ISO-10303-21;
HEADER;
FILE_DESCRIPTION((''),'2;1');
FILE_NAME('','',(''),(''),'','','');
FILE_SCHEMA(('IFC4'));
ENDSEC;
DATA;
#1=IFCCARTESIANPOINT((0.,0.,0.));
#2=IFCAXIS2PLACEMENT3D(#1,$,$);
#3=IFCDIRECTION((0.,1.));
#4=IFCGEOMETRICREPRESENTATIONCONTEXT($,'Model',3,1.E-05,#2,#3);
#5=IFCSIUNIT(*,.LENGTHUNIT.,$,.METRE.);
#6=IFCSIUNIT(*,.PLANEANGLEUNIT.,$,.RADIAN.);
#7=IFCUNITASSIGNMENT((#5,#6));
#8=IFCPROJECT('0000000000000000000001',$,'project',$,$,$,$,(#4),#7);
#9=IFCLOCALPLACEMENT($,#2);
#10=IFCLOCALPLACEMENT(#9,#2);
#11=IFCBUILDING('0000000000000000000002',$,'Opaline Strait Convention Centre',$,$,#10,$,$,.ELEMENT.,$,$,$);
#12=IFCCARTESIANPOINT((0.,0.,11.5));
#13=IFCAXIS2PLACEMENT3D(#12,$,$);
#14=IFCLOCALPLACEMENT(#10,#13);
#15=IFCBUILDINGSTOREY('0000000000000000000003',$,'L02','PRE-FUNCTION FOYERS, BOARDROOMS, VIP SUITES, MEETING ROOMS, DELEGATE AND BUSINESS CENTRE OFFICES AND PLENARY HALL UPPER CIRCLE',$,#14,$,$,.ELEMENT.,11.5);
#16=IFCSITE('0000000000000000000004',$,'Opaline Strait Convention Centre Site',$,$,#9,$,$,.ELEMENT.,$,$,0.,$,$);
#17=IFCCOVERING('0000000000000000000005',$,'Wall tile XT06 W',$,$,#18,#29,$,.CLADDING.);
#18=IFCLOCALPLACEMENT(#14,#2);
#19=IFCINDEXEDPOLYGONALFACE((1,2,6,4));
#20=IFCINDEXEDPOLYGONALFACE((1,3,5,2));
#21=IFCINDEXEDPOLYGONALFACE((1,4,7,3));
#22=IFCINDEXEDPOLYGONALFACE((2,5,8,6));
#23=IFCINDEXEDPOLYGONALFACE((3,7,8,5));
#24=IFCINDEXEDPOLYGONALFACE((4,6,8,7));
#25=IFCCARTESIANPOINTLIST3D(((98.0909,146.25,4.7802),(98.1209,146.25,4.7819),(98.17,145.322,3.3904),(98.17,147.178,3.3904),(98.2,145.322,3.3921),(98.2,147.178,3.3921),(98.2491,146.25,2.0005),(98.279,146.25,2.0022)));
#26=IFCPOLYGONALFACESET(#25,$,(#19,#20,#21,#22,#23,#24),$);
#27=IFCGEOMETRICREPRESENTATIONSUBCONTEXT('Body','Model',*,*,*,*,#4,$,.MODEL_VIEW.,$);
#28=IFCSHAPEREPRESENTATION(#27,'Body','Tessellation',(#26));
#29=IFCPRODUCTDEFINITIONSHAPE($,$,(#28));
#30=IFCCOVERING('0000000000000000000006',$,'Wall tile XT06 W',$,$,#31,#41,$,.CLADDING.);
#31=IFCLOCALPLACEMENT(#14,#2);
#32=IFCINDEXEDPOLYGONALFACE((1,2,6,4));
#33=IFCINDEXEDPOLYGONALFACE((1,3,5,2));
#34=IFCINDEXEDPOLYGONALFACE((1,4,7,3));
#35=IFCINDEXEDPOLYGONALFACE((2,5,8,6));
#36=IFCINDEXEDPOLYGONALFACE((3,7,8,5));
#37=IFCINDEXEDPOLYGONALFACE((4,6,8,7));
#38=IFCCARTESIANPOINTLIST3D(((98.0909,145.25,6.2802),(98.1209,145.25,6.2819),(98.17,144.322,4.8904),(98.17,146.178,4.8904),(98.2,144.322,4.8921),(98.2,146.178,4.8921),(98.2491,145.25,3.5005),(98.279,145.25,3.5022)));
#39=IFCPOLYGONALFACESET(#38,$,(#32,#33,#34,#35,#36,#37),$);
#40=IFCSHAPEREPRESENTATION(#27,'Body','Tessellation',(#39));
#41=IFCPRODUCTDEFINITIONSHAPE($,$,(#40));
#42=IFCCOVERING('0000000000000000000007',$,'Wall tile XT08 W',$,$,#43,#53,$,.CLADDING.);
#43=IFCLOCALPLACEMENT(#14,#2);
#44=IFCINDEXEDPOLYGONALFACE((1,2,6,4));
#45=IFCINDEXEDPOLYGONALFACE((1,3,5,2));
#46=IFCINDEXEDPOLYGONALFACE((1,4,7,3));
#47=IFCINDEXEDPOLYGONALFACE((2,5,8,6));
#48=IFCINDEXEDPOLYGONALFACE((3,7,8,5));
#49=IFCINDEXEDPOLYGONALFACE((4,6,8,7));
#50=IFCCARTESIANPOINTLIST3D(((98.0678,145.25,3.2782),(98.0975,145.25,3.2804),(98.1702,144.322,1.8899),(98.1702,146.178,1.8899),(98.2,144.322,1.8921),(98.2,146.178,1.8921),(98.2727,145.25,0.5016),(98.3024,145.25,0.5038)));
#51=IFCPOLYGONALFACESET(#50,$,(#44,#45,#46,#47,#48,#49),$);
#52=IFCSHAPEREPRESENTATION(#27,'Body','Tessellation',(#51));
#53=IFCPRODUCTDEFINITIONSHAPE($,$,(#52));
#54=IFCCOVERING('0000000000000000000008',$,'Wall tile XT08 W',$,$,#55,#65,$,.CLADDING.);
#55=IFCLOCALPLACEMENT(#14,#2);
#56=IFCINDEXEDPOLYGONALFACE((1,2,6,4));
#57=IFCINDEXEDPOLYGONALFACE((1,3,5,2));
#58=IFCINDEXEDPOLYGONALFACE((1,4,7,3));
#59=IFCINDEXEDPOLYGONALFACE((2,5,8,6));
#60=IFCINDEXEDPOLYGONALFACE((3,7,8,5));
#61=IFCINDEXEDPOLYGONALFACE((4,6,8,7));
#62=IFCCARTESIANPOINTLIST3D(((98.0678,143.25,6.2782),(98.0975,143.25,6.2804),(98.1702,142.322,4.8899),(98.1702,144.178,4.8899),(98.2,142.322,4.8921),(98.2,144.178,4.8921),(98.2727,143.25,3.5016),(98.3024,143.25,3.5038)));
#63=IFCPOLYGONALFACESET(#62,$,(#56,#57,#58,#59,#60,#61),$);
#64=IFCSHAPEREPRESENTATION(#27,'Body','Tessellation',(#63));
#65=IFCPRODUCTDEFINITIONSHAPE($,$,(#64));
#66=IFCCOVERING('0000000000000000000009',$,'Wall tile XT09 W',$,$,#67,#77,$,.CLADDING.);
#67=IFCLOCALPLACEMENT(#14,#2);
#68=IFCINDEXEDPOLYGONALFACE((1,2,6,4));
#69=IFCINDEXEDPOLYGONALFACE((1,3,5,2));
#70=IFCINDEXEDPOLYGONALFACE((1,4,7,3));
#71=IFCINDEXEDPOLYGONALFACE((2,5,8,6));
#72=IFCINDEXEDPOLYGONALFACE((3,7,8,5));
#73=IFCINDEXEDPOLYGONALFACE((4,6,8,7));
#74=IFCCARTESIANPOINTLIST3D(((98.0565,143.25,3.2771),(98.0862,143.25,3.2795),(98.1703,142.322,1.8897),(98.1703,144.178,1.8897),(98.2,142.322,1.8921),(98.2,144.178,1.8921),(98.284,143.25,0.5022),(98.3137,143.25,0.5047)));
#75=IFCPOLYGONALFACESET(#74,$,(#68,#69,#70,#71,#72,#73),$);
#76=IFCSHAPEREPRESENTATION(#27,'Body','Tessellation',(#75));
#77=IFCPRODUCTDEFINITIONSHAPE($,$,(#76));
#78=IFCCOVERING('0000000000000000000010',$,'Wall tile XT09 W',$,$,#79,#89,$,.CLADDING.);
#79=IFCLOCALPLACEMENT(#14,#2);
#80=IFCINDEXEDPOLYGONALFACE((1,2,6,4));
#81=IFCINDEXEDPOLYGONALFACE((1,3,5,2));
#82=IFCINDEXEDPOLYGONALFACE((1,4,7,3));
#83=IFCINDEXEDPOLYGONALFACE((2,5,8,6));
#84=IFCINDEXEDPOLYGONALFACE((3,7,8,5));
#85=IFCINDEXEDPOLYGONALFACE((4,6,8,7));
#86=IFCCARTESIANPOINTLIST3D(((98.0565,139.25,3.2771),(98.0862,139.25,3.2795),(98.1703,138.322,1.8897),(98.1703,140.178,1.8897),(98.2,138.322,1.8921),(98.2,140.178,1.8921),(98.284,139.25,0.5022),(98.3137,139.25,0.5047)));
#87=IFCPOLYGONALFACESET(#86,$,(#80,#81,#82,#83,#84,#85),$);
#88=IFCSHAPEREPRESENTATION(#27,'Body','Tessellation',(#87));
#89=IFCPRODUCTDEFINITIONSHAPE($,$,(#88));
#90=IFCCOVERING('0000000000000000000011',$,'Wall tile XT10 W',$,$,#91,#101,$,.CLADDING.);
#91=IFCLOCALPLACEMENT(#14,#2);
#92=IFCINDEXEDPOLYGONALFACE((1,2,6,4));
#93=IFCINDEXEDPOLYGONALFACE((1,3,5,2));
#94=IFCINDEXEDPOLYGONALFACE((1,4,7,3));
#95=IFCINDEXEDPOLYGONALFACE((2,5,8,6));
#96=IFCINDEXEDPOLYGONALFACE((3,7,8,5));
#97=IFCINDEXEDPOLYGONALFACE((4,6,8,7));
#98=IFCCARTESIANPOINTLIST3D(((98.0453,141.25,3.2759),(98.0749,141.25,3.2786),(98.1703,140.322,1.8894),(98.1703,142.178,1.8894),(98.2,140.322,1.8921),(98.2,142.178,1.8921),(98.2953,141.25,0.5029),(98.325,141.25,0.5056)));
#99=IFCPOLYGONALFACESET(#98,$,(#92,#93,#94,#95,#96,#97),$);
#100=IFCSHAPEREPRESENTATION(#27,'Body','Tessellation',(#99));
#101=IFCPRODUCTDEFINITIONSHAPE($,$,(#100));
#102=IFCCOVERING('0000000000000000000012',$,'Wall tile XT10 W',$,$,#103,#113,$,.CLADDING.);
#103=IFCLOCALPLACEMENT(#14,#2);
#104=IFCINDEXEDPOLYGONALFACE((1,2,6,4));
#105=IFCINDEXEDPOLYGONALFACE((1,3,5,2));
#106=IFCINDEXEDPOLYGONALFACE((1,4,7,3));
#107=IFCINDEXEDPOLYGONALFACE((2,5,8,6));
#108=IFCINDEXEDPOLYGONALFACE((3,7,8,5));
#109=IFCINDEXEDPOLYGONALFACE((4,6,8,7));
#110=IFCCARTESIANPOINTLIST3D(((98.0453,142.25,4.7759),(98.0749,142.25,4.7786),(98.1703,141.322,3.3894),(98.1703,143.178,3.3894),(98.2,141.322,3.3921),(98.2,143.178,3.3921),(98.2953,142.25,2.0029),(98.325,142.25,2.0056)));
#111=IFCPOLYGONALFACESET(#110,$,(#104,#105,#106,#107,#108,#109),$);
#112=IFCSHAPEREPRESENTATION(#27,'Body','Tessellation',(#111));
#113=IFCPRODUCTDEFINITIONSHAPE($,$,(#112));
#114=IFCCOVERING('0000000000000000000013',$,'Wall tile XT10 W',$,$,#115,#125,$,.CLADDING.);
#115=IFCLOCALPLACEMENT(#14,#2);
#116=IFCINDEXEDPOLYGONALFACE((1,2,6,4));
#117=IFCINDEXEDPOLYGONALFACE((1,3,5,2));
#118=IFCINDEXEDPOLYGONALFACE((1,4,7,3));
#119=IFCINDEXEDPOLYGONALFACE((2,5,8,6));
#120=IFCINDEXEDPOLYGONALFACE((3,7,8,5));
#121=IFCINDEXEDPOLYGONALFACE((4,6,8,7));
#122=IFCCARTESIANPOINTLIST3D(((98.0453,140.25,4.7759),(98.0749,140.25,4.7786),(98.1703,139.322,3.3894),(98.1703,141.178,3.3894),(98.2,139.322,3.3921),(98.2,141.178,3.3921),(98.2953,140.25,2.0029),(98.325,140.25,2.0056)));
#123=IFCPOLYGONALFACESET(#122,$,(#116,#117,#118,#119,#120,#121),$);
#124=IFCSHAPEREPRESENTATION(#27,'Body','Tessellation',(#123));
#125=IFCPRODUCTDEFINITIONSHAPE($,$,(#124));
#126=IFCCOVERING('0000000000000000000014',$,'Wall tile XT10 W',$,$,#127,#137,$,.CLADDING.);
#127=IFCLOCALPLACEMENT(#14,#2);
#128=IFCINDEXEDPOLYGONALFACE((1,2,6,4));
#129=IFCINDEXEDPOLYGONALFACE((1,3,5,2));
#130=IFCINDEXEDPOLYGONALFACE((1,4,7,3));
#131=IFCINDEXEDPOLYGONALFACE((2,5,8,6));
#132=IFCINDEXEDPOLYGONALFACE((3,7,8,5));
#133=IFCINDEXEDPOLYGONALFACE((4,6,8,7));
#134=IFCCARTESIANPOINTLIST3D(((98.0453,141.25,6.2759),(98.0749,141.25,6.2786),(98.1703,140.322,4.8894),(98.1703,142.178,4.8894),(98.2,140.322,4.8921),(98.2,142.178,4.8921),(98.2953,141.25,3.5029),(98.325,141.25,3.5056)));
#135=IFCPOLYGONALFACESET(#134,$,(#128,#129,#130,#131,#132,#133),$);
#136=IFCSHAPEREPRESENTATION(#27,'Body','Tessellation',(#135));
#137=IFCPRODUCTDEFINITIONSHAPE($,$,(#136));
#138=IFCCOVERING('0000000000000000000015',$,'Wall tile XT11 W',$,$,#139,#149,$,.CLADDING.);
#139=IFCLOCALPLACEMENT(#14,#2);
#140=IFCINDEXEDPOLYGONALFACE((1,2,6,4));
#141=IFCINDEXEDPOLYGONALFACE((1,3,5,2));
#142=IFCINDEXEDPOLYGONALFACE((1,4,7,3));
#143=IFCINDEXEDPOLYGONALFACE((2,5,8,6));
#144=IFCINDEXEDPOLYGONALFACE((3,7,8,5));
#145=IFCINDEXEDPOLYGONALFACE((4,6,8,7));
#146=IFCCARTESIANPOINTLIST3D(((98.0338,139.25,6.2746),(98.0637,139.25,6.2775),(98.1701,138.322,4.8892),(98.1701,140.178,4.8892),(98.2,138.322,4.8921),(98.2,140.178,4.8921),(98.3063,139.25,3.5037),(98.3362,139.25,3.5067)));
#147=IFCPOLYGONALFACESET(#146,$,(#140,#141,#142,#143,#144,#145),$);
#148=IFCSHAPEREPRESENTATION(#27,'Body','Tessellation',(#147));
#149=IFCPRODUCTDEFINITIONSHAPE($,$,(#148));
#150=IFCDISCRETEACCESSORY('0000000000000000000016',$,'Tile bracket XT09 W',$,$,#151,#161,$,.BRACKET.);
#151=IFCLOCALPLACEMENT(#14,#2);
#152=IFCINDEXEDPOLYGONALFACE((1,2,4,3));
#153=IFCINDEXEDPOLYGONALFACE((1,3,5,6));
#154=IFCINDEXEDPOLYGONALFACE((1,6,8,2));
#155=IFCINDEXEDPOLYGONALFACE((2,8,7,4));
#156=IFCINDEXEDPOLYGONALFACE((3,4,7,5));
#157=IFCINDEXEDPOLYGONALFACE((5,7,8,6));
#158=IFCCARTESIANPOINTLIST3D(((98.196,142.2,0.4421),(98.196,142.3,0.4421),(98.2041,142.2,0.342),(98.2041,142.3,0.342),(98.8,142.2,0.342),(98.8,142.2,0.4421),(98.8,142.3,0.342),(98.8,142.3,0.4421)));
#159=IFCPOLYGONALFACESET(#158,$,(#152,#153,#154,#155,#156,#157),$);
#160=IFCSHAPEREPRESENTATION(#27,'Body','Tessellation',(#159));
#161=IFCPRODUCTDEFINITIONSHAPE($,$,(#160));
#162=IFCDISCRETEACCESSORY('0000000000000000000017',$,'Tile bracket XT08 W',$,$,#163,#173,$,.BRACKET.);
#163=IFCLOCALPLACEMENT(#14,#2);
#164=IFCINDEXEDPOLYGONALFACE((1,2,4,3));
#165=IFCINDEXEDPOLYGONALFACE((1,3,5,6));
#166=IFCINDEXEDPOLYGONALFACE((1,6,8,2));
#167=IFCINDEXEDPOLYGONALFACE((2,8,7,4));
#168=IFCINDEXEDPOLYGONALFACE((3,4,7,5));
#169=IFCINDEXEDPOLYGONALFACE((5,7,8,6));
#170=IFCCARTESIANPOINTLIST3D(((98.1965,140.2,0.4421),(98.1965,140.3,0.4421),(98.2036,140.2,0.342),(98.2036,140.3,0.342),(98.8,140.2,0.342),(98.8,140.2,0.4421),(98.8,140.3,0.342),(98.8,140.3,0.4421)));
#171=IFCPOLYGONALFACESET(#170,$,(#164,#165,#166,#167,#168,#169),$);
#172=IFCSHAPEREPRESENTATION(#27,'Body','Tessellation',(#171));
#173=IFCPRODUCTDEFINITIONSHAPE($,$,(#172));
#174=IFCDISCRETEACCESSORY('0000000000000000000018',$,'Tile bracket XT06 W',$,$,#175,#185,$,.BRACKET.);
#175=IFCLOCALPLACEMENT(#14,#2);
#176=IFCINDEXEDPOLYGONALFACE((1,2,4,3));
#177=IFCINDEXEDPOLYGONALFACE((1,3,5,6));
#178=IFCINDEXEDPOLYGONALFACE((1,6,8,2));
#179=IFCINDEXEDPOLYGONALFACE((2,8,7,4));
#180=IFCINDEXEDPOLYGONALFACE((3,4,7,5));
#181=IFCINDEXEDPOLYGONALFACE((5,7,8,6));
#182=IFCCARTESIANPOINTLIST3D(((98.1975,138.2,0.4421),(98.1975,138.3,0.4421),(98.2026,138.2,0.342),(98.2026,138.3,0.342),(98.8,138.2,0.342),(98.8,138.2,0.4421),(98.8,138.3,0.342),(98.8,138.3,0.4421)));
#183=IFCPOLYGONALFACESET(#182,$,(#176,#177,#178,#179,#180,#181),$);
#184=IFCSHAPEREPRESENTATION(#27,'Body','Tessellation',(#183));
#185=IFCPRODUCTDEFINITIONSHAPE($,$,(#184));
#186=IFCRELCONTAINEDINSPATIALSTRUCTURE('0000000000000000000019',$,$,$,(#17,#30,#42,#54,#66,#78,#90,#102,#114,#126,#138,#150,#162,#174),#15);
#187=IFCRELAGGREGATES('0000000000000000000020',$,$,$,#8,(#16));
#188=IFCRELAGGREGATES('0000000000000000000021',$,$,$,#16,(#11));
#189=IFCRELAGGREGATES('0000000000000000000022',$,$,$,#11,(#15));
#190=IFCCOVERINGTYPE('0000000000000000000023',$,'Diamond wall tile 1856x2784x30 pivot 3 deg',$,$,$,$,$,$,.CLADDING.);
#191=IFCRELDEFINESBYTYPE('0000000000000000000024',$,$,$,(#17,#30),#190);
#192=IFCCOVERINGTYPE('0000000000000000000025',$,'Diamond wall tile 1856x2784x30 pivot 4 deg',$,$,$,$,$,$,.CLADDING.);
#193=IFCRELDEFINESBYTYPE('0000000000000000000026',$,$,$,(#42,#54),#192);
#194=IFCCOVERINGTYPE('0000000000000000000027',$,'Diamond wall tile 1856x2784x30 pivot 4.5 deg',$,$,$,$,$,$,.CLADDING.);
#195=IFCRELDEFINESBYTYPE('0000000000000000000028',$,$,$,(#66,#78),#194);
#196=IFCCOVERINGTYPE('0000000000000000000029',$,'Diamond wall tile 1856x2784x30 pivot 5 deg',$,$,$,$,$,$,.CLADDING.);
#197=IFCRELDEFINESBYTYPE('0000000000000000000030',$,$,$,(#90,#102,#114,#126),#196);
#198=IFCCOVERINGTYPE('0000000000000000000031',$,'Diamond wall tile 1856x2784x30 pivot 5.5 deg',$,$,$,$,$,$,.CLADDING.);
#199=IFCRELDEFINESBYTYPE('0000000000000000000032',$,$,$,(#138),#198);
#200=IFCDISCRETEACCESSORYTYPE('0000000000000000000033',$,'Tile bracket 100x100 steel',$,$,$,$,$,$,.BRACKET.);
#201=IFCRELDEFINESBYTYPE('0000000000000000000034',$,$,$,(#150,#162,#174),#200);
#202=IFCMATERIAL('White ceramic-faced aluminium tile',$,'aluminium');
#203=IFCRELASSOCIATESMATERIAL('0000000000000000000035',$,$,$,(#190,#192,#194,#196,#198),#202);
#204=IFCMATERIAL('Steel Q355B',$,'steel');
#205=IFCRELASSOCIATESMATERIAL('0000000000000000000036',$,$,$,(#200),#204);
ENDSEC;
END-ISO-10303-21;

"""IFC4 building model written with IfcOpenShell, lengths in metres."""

from ifc_helpers import new_model, si_unit, direction, frame, origin, place, context, subcontext, project, spatial, polyline, outline, extrude, material, material_profile, profile_set, type_object, element, save


model = new_model("IFC4")

# Units and contexts
model_context = context("Model", 3, precision=1e-05, world=origin(), true_north=direction((0.0, 1.0)))
body_context = subcontext(model_context, "Body", "Model", "MODEL_VIEW")
ifc_project = project(units=[si_unit("LENGTHUNIT", "METRE"), si_unit("PLANEANGLEUNIT", "RADIAN")], contexts=[model_context])

# Site, building, storey
site_placement = place(None, origin())
site = spatial("IfcSite", under=ifc_project, at=site_placement, Name="Opaline Strait Convention Centre Site", CompositionType="ELEMENT", RefElevation=0.0)
building_placement = place(site_placement, origin())
building = spatial("IfcBuilding", under=site, at=building_placement, Name="Opaline Strait Convention Centre", CompositionType="ELEMENT")
storey_placement = place(building_placement, frame((0.0, 0.0, 11.5)))
storey = spatial("IfcBuildingStorey", under=building, at=storey_placement, Name="L02", Description="PRE-FUNCTION FOYERS, BOARDROOMS, VIP SUITES, MEETING ROOMS, DELEGATE AND BUSINESS CENTRE OFFICES AND PLENARY HALL UPPER CIRCLE", CompositionType="ELEMENT", Elevation=11.5)

# Coverings
ifc_material_1 = material(Name="White ceramic-faced aluminium tile", Category="aluminium")
ifc_material_profile_1 = material_profile(ifc_material_1, outline(polyline([(0.928, 0.0), (0.0, 1.3921), (-0.928, 0.0), (0.0, -1.3921), (0.928, 0.0)])), Name="Diamond tile 1856x2784")
ifc_profile_set_1 = profile_set([ifc_material_profile_1], Name="White ceramic-faced aluminium tile")
covering_type_1 = type_object("IfcCoveringType", Name="Diamond wall tile 1856x2784x30 pivot 3 deg", PredefinedType="CLADDING", material=ifc_profile_set_1)
for number, where, z_axis, x_axis, name in (
    (1, (98.2, 146.25, 3.3921), (-0.998385, 0.0, -0.056819), (0.0, -1.0, 0.0), "Wall tile XT06 W"),
    (2, (98.2, 145.25, 4.8921), (-0.998385, 0.0, -0.056819), (0.0, -1.0, 0.0), "Wall tile XT06 W"),
):
    element("IfcCovering", number, at=place(storey_placement, frame(where, z_axis=z_axis, x_axis=x_axis)), inside=storey, type_object=covering_type_1, Name=name, PredefinedType="CLADDING", context=body_context, shape_type="SweptSolid", body=[
        extrude(outline(polyline([(0.928, 0.0), (0.0, 1.3921), (-0.928, 0.0), (0.0, -1.3921), (0.928, 0.0)])), origin(), (0.0, 0.0, 1.0), 0.03),
    ])
ifc_material_profile_2 = material_profile(ifc_material_1, outline(polyline([(0.928, 0.0), (0.0, 1.3921), (-0.928, 0.0), (0.0, -1.3921), (0.928, 0.0)])), Name="Diamond tile 1856x2784")
ifc_profile_set_2 = profile_set([ifc_material_profile_2], Name="White ceramic-faced aluminium tile")
covering_type_2 = type_object("IfcCoveringType", Name="Diamond wall tile 1856x2784x30 pivot 4 deg", PredefinedType="CLADDING", material=ifc_profile_set_2)
for number, where, z_axis, x_axis, name in (
    (3, (98.2, 145.25, 1.8921), (-0.99729, 0.0, -0.073571), (0.0, -1.0, 0.0), "Wall tile XT08 W"),
    (4, (98.2, 143.25, 4.8921), (-0.99729, 0.0, -0.073571), (0.0, -1.0, 0.0), "Wall tile XT08 W"),
):
    element("IfcCovering", number, at=place(storey_placement, frame(where, z_axis=z_axis, x_axis=x_axis)), inside=storey, type_object=covering_type_2, Name=name, PredefinedType="CLADDING", context=body_context, shape_type="SweptSolid", body=[
        extrude(outline(polyline([(0.928, 0.0), (0.0, 1.3921), (-0.928, 0.0), (0.0, -1.3921), (0.928, 0.0)])), origin(), (0.0, 0.0, 1.0), 0.0298),
    ])
ifc_material_profile_3 = material_profile(ifc_material_1, outline(polyline([(0.928, 0.0), (0.0, 1.3921), (-0.928, 0.0), (0.0, -1.3921), (0.928, 0.0)])), Name="Diamond tile 1856x2784")
ifc_profile_set_3 = profile_set([ifc_material_profile_3], Name="White ceramic-faced aluminium tile")
covering_type_3 = type_object("IfcCoveringType", Name="Diamond wall tile 1856x2784x30 pivot 4.5 deg", PredefinedType="CLADDING", material=ifc_profile_set_3)
for number, where, z_axis, x_axis, name in (
    (5, (98.2, 143.25, 1.8921), (-0.996658, 0.0, -0.081693), (0.0, -1.0, 0.0), "Wall tile XT09 W"),
    (6, (98.2, 139.25, 1.8921), (-0.996658, 0.0, -0.081693), (0.0, -1.0, 0.0), "Wall tile XT09 W"),
):
    element("IfcCovering", number, at=place(storey_placement, frame(where, z_axis=z_axis, x_axis=x_axis)), inside=storey, type_object=covering_type_3, Name=name, PredefinedType="CLADDING", context=body_context, shape_type="SweptSolid", body=[
        extrude(outline(polyline([(0.928, 0.0), (0.0, 1.3921), (-0.928, 0.0), (0.0, -1.3921), (0.928, 0.0)])), origin(), (0.0, 0.0, 1.0), 0.0298),
    ])
ifc_material_profile_4 = material_profile(ifc_material_1, outline(polyline([(0.928, 0.0), (0.0, 1.3921), (-0.928, 0.0), (0.0, -1.3921), (0.928, 0.0)])), Name="Diamond tile 1856x2784")
ifc_profile_set_4 = profile_set([ifc_material_profile_4], Name="White ceramic-faced aluminium tile")
covering_type_4 = type_object("IfcCoveringType", Name="Diamond wall tile 1856x2784x30 pivot 5 deg", PredefinedType="CLADDING", material=ifc_profile_set_4)
for number, where, z_axis, x_axis, name in (
    (7, (98.2, 141.25, 1.8921), (-0.99596, 0.0, -0.0898), (0.0, -1.0, 0.0), "Wall tile XT10 W"),
    (8, (98.2, 142.25, 3.3921), (-0.99596, 0.0, -0.0898), (0.0, -1.0, 0.0), "Wall tile XT10 W"),
    (9, (98.2, 140.25, 3.3921), (-0.99596, 0.0, -0.0898), (0.0, -1.0, 0.0), "Wall tile XT10 W"),
    (10, (98.2, 141.25, 4.8921), (-0.99596, 0.0, -0.0898), (0.0, -1.0, 0.0), "Wall tile XT10 W"),
):
    element("IfcCovering", number, at=place(storey_placement, frame(where, z_axis=z_axis, x_axis=x_axis)), inside=storey, type_object=covering_type_4, Name=name, PredefinedType="CLADDING", context=body_context, shape_type="SweptSolid", body=[
        extrude(outline(polyline([(0.928, 0.0), (0.0, 1.3921), (-0.928, 0.0), (0.0, -1.3921), (0.928, 0.0)])), origin(), (0.0, 0.0, 1.0), 0.0298),
    ])
ifc_material_profile_5 = material_profile(ifc_material_1, outline(polyline([(0.928, 0.0), (0.0, 1.3921), (-0.928, 0.0), (0.0, -1.3921), (0.928, 0.0)])), Name="Diamond tile 1856x2784")
ifc_profile_set_5 = profile_set([ifc_material_profile_5], Name="White ceramic-faced aluminium tile")
covering_type_5 = type_object("IfcCoveringType", Name="Diamond wall tile 1856x2784x30 pivot 5.5 deg", PredefinedType="CLADDING", material=ifc_profile_set_5)
covering_placement = place(storey_placement, frame((98.2, 139.25, 4.8921), z_axis=(-0.995197, 0.0, -0.097888), x_axis=(0.0, -1.0, 0.0)))
element("IfcCovering", 11, at=covering_placement, inside=storey, type_object=covering_type_5, Name="Wall tile XT11 W", PredefinedType="CLADDING", context=body_context, shape_type="SweptSolid", body=[
    extrude(outline(polyline([(0.928, 0.0), (0.0, 1.3921), (-0.928, 0.0), (0.0, -1.3921), (0.928, 0.0)])), origin(), (0.0, 0.0, 1.0), 0.03),
])

# Discrete accessories
ifc_material_2 = material(Name="Steel Q355B", Category="steel")
discrete_accessory_type = type_object("IfcDiscreteAccessoryType", Name="Tile bracket 100x100 steel", PredefinedType="BRACKET", material=ifc_material_2)
discrete_accessory_1_placement = place(storey_placement, frame((98.8, 142.3, 0.3921), z_axis=(0.0, -1.0, 0.0), x_axis=(1.0, 0.0, 0.0)))
element("IfcDiscreteAccessory", 12, at=discrete_accessory_1_placement, inside=storey, type_object=discrete_accessory_type, Name="Tile bracket XT09 W", PredefinedType="BRACKET", context=body_context, shape_type="SweptSolid", body=[
    extrude(outline(polyline([(0.0, -0.05), (0.0, 0.05), (-0.604, 0.05), (-0.5959, -0.05), (0.0, -0.05)])), origin(), (0.0, 0.0, 1.0), 0.1001),
])
discrete_accessory_2_placement = place(storey_placement, frame((98.8, 140.3, 0.3921), z_axis=(0.0, -1.0, 0.0), x_axis=(1.0, 0.0, 0.0)))
element("IfcDiscreteAccessory", 13, at=discrete_accessory_2_placement, inside=storey, type_object=discrete_accessory_type, Name="Tile bracket XT08 W", PredefinedType="BRACKET", context=body_context, shape_type="SweptSolid", body=[
    extrude(outline(polyline([(0.0, -0.05), (0.0, 0.05), (-0.6035, 0.05), (-0.5964, -0.05), (0.0, -0.05)])), origin(), (0.0, 0.0, 1.0), 0.1001),
])
discrete_accessory_3_placement = place(storey_placement, frame((98.8, 138.3, 0.3921), z_axis=(0.0, -1.0, 0.0), x_axis=(1.0, 0.0, 0.0)))
element("IfcDiscreteAccessory", 14, at=discrete_accessory_3_placement, inside=storey, type_object=discrete_accessory_type, Name="Tile bracket XT06 W", PredefinedType="BRACKET", context=body_context, shape_type="SweptSolid", body=[
    extrude(outline(polyline([(0.0, -0.05), (0.0, 0.05), (-0.6025, 0.05), (-0.5974, -0.05), (0.0, -0.05)])), origin(), (0.0, 0.0, 1.0), 0.1001),
])

save(model, "model.ifc")
